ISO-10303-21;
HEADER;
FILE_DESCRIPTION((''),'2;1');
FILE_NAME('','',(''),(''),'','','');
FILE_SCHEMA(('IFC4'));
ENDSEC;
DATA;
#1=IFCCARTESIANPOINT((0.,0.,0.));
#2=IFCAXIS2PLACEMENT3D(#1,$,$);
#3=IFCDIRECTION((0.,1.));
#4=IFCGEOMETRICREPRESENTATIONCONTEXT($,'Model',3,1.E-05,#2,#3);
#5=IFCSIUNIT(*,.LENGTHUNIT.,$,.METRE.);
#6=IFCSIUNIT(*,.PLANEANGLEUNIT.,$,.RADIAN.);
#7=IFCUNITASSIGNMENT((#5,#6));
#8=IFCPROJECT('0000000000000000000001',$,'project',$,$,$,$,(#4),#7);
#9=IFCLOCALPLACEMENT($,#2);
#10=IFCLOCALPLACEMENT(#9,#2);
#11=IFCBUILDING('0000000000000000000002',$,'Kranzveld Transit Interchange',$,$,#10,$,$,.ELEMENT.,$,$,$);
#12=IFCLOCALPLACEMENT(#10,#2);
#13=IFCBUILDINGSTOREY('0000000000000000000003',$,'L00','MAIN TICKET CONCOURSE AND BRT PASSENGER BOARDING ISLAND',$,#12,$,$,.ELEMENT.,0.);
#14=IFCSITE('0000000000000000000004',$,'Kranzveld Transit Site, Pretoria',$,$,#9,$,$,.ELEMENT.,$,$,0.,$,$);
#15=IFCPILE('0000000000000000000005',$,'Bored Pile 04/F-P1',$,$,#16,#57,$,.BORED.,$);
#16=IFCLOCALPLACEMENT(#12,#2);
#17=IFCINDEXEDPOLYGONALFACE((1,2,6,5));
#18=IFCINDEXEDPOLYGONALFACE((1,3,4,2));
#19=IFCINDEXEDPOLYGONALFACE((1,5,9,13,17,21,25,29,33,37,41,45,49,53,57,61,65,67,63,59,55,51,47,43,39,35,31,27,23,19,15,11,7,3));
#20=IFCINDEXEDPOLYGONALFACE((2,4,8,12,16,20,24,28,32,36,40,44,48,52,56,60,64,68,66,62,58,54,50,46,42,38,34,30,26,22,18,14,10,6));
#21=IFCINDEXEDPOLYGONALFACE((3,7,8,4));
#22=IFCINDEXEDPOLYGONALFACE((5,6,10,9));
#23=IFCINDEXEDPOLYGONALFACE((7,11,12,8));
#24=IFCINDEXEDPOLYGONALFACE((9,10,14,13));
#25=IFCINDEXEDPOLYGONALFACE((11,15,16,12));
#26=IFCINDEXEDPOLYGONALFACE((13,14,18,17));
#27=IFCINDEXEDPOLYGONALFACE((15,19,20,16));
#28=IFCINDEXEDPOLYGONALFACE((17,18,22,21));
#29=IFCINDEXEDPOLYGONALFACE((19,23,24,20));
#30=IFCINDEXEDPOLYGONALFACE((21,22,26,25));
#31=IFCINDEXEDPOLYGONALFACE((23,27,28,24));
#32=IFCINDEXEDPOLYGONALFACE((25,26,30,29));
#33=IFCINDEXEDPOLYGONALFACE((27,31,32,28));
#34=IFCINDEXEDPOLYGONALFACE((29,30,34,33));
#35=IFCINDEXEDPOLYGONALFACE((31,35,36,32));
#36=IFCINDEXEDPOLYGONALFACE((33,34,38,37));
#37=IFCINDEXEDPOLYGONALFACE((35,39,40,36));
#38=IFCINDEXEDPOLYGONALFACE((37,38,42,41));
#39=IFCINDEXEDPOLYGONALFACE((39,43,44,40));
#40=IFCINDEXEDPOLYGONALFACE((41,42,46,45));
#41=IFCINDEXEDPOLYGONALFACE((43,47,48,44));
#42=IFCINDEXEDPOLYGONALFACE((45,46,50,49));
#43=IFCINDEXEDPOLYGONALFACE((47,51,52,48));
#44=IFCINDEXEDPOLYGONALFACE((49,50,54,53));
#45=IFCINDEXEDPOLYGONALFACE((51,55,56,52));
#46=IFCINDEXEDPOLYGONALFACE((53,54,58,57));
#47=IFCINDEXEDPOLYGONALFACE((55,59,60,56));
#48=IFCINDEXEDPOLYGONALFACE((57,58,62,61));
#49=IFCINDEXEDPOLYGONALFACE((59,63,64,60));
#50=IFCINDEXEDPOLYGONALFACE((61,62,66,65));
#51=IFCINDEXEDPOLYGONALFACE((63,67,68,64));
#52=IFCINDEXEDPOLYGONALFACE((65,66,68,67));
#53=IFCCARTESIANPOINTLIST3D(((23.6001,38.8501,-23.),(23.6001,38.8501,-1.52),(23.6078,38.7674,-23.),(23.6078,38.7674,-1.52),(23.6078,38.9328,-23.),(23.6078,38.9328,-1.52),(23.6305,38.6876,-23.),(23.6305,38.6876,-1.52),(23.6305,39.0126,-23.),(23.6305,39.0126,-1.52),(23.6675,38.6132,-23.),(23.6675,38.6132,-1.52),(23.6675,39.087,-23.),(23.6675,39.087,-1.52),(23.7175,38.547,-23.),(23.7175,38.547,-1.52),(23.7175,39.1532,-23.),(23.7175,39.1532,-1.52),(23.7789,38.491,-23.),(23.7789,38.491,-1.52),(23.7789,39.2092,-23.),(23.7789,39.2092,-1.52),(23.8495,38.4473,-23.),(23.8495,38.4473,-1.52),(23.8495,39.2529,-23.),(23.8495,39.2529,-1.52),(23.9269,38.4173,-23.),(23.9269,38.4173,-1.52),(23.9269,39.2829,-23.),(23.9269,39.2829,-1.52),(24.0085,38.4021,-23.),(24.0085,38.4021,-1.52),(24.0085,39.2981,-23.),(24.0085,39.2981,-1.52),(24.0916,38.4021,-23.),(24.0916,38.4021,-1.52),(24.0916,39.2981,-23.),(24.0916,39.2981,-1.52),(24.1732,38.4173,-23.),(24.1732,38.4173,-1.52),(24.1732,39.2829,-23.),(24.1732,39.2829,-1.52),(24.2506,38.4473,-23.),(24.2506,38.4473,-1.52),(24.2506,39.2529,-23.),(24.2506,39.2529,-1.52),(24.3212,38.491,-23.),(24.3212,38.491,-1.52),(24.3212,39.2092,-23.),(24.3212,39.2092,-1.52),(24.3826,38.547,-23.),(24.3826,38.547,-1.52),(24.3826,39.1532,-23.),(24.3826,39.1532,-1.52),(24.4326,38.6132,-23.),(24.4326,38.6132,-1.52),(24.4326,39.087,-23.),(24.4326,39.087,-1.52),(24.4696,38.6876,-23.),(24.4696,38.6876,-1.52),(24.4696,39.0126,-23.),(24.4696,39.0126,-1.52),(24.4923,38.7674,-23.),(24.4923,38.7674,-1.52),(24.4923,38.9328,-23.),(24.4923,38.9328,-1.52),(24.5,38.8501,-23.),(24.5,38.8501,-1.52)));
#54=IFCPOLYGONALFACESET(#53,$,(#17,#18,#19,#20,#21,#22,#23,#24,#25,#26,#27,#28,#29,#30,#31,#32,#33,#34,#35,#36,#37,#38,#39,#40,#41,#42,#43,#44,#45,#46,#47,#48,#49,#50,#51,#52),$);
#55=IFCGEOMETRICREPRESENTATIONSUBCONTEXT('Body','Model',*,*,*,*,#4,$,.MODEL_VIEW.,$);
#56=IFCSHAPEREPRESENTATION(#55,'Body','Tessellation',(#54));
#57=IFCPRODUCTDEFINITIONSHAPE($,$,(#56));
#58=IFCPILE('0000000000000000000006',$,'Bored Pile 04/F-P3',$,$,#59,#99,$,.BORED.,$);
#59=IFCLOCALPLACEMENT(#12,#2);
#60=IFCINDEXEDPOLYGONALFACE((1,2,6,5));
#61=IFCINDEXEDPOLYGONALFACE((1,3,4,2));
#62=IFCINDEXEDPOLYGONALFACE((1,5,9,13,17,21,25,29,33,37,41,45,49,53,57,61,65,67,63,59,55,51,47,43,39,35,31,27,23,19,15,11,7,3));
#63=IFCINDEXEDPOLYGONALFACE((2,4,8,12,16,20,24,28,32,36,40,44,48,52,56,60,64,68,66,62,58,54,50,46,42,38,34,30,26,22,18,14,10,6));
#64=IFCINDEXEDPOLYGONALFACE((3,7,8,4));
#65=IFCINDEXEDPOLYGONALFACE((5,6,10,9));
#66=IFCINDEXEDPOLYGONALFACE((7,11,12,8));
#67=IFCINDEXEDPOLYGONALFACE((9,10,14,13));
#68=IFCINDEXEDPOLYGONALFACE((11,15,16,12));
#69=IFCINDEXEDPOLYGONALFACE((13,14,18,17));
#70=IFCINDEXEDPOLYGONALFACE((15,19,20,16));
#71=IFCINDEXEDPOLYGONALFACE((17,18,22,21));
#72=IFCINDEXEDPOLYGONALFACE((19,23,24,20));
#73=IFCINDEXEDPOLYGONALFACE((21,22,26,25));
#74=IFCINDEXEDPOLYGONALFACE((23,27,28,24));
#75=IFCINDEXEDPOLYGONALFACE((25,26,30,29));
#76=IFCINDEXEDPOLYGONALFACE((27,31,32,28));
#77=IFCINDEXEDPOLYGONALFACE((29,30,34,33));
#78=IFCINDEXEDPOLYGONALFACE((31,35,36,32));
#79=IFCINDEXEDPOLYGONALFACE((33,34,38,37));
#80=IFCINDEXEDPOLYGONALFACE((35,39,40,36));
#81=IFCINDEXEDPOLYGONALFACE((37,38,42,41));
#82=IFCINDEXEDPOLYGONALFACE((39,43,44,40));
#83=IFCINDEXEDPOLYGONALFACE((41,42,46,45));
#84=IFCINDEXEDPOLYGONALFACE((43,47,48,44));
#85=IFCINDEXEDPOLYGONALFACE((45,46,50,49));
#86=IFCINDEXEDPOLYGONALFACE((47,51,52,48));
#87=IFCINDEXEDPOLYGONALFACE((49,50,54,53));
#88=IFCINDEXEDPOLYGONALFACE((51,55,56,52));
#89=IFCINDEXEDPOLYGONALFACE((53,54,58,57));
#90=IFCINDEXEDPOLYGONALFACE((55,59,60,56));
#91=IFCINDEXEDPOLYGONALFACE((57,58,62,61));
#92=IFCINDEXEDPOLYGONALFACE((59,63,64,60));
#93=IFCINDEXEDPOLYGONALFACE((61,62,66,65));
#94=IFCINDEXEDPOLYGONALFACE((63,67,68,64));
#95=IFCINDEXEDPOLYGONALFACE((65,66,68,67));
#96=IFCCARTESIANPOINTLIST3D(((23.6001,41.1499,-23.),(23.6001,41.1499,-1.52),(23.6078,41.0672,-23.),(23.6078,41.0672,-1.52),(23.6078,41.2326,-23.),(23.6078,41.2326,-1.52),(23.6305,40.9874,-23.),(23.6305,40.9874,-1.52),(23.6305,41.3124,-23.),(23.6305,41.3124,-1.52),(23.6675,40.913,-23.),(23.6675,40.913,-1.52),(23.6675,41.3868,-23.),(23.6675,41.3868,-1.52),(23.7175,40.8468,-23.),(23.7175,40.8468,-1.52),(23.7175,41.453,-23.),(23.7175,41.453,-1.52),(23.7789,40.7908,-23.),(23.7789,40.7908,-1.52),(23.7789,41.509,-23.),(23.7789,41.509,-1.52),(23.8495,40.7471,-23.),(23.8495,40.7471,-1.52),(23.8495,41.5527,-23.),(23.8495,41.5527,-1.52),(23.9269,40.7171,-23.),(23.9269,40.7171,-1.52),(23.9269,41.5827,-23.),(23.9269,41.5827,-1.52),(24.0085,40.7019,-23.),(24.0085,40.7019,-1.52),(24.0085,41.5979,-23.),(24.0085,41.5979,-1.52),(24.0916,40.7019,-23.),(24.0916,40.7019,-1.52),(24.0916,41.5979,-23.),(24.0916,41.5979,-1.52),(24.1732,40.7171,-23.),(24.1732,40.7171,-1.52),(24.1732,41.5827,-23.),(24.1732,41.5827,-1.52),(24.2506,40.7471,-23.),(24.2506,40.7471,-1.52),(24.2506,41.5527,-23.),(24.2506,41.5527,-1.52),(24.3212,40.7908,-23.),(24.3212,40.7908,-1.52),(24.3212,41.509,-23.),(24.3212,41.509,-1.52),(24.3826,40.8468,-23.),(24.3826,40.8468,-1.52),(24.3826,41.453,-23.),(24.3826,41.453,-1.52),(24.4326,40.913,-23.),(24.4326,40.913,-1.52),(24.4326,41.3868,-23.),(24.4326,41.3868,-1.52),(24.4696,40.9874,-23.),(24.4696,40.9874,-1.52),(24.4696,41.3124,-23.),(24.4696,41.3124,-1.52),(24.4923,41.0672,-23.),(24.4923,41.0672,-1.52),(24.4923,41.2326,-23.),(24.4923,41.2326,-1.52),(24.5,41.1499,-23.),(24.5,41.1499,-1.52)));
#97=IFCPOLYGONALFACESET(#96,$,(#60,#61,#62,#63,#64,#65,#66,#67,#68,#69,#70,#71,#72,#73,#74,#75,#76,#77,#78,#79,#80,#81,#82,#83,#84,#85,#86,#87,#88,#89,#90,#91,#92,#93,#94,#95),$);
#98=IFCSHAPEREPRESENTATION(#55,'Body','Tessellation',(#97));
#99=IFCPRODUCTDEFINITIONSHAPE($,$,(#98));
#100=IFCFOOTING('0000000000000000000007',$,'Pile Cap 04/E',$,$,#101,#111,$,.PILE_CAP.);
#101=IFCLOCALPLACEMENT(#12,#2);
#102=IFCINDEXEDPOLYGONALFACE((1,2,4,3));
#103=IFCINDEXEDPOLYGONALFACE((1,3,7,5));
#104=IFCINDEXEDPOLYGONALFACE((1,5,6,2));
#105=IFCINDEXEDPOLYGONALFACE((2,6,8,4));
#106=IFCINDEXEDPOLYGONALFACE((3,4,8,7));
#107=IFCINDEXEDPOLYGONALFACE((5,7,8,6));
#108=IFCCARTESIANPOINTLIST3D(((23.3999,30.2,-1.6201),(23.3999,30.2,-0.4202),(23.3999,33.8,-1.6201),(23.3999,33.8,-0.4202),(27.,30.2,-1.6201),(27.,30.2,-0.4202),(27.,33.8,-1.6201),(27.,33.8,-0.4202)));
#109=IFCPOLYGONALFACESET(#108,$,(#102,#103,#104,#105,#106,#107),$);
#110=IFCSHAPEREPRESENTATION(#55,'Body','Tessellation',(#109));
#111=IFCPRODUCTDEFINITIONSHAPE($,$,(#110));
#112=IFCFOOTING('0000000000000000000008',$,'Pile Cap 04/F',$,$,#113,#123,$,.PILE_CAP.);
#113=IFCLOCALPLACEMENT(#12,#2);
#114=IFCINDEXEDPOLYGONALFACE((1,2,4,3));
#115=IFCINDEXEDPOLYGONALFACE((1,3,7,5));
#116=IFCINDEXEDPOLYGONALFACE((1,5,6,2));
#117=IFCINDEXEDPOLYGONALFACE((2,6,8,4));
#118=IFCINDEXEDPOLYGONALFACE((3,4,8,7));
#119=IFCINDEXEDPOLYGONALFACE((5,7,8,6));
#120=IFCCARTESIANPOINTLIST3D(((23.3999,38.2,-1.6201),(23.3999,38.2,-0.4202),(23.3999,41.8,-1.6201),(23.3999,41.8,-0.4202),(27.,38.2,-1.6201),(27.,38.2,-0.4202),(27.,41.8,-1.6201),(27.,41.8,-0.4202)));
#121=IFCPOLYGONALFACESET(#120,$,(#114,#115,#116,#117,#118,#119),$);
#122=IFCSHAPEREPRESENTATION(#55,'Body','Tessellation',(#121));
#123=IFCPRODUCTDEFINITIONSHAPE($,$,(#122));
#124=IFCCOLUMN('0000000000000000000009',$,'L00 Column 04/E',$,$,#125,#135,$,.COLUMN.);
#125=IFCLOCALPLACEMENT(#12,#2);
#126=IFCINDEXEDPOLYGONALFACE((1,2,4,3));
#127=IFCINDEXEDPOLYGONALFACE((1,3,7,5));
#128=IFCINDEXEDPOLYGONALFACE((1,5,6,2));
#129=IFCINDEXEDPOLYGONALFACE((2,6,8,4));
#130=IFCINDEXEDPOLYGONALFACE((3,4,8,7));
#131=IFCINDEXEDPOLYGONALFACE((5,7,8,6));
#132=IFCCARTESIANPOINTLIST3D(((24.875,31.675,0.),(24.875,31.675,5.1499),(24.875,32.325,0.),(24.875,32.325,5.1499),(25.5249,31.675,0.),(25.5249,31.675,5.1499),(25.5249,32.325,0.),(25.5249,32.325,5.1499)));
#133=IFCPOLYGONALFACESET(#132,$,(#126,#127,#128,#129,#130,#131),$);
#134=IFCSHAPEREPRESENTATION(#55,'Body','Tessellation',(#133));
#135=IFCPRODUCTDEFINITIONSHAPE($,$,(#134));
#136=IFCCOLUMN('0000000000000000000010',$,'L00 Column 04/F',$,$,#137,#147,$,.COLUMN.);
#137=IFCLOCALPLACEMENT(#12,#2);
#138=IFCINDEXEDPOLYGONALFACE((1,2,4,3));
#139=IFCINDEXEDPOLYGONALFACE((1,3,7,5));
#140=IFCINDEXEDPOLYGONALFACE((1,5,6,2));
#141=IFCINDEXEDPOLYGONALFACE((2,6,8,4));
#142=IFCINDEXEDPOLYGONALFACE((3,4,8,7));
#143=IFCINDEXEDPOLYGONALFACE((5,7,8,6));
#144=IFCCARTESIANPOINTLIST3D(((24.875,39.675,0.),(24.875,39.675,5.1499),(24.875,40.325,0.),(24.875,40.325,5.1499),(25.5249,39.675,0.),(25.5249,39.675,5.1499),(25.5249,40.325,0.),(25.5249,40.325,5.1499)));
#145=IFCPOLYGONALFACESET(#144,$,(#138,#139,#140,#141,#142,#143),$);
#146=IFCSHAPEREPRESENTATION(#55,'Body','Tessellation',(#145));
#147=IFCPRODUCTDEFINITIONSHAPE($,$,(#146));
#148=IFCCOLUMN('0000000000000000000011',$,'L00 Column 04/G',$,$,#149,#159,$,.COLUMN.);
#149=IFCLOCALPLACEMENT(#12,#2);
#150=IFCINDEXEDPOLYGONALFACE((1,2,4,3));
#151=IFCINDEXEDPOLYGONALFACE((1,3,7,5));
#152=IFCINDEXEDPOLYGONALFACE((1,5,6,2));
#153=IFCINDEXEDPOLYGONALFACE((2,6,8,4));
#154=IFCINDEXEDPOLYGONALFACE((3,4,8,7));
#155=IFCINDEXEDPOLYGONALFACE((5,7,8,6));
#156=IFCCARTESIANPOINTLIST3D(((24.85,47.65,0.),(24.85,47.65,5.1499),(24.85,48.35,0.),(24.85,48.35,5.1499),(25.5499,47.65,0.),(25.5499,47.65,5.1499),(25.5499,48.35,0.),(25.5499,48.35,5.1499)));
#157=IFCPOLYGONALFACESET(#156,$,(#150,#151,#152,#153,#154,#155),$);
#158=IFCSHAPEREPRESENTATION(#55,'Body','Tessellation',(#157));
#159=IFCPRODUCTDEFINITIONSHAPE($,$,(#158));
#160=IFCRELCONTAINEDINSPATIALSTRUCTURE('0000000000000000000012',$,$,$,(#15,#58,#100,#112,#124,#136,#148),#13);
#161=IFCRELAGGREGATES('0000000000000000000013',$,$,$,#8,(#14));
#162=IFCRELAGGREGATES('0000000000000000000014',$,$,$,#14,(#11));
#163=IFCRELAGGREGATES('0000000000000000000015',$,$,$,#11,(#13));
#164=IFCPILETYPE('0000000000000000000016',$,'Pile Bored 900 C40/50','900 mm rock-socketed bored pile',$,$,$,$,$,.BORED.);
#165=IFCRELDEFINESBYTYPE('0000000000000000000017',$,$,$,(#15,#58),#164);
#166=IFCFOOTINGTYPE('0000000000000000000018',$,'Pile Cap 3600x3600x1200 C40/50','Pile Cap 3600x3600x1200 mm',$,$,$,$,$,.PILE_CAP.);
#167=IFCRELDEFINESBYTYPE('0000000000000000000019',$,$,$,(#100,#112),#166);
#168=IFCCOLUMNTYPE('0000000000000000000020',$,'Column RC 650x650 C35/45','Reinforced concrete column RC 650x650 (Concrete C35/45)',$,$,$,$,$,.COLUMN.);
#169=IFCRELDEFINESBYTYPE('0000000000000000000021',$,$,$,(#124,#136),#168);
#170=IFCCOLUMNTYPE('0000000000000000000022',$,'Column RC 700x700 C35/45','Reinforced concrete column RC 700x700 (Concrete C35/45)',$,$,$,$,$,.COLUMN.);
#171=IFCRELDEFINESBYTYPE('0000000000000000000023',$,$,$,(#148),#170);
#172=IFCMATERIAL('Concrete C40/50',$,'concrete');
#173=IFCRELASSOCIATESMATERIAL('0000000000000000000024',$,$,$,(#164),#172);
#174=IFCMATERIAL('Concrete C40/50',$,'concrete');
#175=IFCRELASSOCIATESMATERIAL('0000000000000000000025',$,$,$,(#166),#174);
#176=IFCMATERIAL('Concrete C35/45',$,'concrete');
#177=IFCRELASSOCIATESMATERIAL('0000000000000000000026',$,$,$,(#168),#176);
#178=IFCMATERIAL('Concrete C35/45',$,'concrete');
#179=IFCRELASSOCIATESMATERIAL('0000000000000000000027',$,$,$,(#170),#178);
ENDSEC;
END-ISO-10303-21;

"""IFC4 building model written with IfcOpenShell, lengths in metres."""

from ifc_helpers import new_model, si_unit, direction, frame, origin, origin_2d, place, context, subcontext, project, spatial, rectangle, circle, extrude, material, material_profile, profile_set, type_object, element, save


model = new_model("IFC4")

# Units and contexts
model_context = context("Model", 3, precision=1e-05, world=origin(), true_north=direction((0.0, 1.0)))
body_context = subcontext(model_context, "Body", "Model", "MODEL_VIEW")
ifc_project = project(units=[si_unit("LENGTHUNIT", "METRE"), si_unit("PLANEANGLEUNIT", "RADIAN")], contexts=[model_context])

# Site, building, storey
site_placement = place(None, origin())
site = spatial("IfcSite", under=ifc_project, at=site_placement, Name="Kranzveld Transit Site, Pretoria", CompositionType="ELEMENT", RefElevation=0.0)
building_placement = place(site_placement, origin())
building = spatial("IfcBuilding", under=site, at=building_placement, Name="Kranzveld Transit Interchange", CompositionType="ELEMENT")
storey_placement = place(building_placement, origin())
storey = spatial("IfcBuildingStorey", under=building, at=storey_placement, Name="L00", Description="MAIN TICKET CONCOURSE AND BRT PASSENGER BOARDING ISLAND", CompositionType="ELEMENT", Elevation=0.0)

# Piles
ifc_material_1 = material(Name="Concrete C40/50", Category="concrete")
ifc_material_profile_1 = material_profile(ifc_material_1, circle(Radius=0.45, at=origin_2d()), Name="BORED PILE 900")
ifc_profile_set_1 = profile_set([ifc_material_profile_1], Name="Concrete C40/50")
pile_type_1 = type_object("IfcPileType", Name="Pile Bored 900 C40/50", Description="900 mm rock-socketed bored pile", PredefinedType="BORED", material=ifc_profile_set_1)
for number, where, z_axis, x_axis, name in (
    (1, (24.05, 38.8501, -1.52), (0.0, 0.0, -1.0), (1.0, 0.0, 0.0), "Bored Pile 04/F-P1"),
    (2, (24.05, 41.1499, -1.52), (0.0, 0.0, -1.0), (1.0, 0.0, 0.0), "Bored Pile 04/F-P3"),
):
    element("IfcPile", number, at=place(storey_placement, frame(where, z_axis=z_axis, x_axis=x_axis)), inside=storey, type_object=pile_type_1, Name=name, PredefinedType="BORED", context=body_context, shape_type="SweptSolid", body=[
        extrude(circle(Radius=0.45, at=origin_2d()), origin(), (0.0, 0.0, 1.0), 21.48),
    ])

# Footings
ifc_material_2 = material(Name="Concrete C40/50", Category="concrete")
footing_type_1 = type_object("IfcFootingType", Name="Pile Cap 3600x3600x1200 C40/50", Description="Pile Cap 3600x3600x1200 mm", PredefinedType="PILE_CAP", material=ifc_material_2)
for number, where, z_axis, x_axis, name in (
    (3, (25.2, 32.0, -1.6201), (0.0, 0.0, 1.0), (1.0, 0.0, 0.0), "Pile Cap 04/E"),
    (4, (25.2, 40.0, -1.6201), (0.0, 0.0, 1.0), (1.0, 0.0, 0.0), "Pile Cap 04/F"),
):
    element("IfcFooting", number, at=place(storey_placement, frame(where, z_axis=z_axis, x_axis=x_axis)), inside=storey, type_object=footing_type_1, Name=name, PredefinedType="PILE_CAP", context=body_context, shape_type="SweptSolid", body=[
        extrude(rectangle(XDim=3.6001, YDim=3.6001, at=origin_2d()), origin(), (0.0, 0.0, 1.0), 1.2),
    ])

# Columns
ifc_material_3 = material(Name="Concrete C35/45", Category="concrete")
ifc_material_profile_2 = material_profile(ifc_material_3, rectangle(XDim=0.6499, YDim=0.6499, at=origin_2d()), Name="RC 650x650")
ifc_profile_set_2 = profile_set([ifc_material_profile_2], Name="Concrete C35/45")
column_type_1 = type_object("IfcColumnType", Name="Column RC 650x650 C35/45", Description="Reinforced concrete column RC 650x650 (Concrete C35/45)", PredefinedType="COLUMN", material=ifc_profile_set_2)
for number, where, z_axis, x_axis, name in (
    (5, (25.2, 32.0, 0.0), (0.0, 0.0, 1.0), (1.0, 0.0, 0.0), "L00 Column 04/E"),
    (6, (25.2, 40.0, 0.0), (0.0, 0.0, 1.0), (1.0, 0.0, 0.0), "L00 Column 04/F"),
):
    element("IfcColumn", number, at=place(storey_placement, frame(where, z_axis=z_axis, x_axis=x_axis)), inside=storey, type_object=column_type_1, Name=name, PredefinedType="COLUMN", context=body_context, shape_type="SweptSolid", body=[
        extrude(rectangle(XDim=0.6499, YDim=0.6499, at=origin_2d()), origin(), (0.0, 0.0, 1.0), 5.1499),
    ])
ifc_material_4 = material(Name="Concrete C35/45", Category="concrete")
ifc_material_profile_3 = material_profile(ifc_material_4, rectangle(XDim=0.7, YDim=0.7, at=origin_2d()), Name="RC 700x700")
ifc_profile_set_3 = profile_set([ifc_material_profile_3], Name="Concrete C35/45")
column_type_2 = type_object("IfcColumnType", Name="Column RC 700x700 C35/45", Description="Reinforced concrete column RC 700x700 (Concrete C35/45)", PredefinedType="COLUMN", material=ifc_profile_set_3)
column_1_placement = place(storey_placement, frame((25.2, 48.0, 0.0), z_axis=(0.0, 0.0, 1.0), x_axis=(1.0, 0.0, 0.0)))
element("IfcColumn", 7, at=column_1_placement, inside=storey, type_object=column_type_2, Name="L00 Column 04/G", PredefinedType="COLUMN", context=body_context, shape_type="SweptSolid", body=[
    extrude(rectangle(XDim=0.7, YDim=0.7, at=origin_2d()), origin(), (0.0, 0.0, 1.0), 5.1499),
])

save(model, "model.ifc")
